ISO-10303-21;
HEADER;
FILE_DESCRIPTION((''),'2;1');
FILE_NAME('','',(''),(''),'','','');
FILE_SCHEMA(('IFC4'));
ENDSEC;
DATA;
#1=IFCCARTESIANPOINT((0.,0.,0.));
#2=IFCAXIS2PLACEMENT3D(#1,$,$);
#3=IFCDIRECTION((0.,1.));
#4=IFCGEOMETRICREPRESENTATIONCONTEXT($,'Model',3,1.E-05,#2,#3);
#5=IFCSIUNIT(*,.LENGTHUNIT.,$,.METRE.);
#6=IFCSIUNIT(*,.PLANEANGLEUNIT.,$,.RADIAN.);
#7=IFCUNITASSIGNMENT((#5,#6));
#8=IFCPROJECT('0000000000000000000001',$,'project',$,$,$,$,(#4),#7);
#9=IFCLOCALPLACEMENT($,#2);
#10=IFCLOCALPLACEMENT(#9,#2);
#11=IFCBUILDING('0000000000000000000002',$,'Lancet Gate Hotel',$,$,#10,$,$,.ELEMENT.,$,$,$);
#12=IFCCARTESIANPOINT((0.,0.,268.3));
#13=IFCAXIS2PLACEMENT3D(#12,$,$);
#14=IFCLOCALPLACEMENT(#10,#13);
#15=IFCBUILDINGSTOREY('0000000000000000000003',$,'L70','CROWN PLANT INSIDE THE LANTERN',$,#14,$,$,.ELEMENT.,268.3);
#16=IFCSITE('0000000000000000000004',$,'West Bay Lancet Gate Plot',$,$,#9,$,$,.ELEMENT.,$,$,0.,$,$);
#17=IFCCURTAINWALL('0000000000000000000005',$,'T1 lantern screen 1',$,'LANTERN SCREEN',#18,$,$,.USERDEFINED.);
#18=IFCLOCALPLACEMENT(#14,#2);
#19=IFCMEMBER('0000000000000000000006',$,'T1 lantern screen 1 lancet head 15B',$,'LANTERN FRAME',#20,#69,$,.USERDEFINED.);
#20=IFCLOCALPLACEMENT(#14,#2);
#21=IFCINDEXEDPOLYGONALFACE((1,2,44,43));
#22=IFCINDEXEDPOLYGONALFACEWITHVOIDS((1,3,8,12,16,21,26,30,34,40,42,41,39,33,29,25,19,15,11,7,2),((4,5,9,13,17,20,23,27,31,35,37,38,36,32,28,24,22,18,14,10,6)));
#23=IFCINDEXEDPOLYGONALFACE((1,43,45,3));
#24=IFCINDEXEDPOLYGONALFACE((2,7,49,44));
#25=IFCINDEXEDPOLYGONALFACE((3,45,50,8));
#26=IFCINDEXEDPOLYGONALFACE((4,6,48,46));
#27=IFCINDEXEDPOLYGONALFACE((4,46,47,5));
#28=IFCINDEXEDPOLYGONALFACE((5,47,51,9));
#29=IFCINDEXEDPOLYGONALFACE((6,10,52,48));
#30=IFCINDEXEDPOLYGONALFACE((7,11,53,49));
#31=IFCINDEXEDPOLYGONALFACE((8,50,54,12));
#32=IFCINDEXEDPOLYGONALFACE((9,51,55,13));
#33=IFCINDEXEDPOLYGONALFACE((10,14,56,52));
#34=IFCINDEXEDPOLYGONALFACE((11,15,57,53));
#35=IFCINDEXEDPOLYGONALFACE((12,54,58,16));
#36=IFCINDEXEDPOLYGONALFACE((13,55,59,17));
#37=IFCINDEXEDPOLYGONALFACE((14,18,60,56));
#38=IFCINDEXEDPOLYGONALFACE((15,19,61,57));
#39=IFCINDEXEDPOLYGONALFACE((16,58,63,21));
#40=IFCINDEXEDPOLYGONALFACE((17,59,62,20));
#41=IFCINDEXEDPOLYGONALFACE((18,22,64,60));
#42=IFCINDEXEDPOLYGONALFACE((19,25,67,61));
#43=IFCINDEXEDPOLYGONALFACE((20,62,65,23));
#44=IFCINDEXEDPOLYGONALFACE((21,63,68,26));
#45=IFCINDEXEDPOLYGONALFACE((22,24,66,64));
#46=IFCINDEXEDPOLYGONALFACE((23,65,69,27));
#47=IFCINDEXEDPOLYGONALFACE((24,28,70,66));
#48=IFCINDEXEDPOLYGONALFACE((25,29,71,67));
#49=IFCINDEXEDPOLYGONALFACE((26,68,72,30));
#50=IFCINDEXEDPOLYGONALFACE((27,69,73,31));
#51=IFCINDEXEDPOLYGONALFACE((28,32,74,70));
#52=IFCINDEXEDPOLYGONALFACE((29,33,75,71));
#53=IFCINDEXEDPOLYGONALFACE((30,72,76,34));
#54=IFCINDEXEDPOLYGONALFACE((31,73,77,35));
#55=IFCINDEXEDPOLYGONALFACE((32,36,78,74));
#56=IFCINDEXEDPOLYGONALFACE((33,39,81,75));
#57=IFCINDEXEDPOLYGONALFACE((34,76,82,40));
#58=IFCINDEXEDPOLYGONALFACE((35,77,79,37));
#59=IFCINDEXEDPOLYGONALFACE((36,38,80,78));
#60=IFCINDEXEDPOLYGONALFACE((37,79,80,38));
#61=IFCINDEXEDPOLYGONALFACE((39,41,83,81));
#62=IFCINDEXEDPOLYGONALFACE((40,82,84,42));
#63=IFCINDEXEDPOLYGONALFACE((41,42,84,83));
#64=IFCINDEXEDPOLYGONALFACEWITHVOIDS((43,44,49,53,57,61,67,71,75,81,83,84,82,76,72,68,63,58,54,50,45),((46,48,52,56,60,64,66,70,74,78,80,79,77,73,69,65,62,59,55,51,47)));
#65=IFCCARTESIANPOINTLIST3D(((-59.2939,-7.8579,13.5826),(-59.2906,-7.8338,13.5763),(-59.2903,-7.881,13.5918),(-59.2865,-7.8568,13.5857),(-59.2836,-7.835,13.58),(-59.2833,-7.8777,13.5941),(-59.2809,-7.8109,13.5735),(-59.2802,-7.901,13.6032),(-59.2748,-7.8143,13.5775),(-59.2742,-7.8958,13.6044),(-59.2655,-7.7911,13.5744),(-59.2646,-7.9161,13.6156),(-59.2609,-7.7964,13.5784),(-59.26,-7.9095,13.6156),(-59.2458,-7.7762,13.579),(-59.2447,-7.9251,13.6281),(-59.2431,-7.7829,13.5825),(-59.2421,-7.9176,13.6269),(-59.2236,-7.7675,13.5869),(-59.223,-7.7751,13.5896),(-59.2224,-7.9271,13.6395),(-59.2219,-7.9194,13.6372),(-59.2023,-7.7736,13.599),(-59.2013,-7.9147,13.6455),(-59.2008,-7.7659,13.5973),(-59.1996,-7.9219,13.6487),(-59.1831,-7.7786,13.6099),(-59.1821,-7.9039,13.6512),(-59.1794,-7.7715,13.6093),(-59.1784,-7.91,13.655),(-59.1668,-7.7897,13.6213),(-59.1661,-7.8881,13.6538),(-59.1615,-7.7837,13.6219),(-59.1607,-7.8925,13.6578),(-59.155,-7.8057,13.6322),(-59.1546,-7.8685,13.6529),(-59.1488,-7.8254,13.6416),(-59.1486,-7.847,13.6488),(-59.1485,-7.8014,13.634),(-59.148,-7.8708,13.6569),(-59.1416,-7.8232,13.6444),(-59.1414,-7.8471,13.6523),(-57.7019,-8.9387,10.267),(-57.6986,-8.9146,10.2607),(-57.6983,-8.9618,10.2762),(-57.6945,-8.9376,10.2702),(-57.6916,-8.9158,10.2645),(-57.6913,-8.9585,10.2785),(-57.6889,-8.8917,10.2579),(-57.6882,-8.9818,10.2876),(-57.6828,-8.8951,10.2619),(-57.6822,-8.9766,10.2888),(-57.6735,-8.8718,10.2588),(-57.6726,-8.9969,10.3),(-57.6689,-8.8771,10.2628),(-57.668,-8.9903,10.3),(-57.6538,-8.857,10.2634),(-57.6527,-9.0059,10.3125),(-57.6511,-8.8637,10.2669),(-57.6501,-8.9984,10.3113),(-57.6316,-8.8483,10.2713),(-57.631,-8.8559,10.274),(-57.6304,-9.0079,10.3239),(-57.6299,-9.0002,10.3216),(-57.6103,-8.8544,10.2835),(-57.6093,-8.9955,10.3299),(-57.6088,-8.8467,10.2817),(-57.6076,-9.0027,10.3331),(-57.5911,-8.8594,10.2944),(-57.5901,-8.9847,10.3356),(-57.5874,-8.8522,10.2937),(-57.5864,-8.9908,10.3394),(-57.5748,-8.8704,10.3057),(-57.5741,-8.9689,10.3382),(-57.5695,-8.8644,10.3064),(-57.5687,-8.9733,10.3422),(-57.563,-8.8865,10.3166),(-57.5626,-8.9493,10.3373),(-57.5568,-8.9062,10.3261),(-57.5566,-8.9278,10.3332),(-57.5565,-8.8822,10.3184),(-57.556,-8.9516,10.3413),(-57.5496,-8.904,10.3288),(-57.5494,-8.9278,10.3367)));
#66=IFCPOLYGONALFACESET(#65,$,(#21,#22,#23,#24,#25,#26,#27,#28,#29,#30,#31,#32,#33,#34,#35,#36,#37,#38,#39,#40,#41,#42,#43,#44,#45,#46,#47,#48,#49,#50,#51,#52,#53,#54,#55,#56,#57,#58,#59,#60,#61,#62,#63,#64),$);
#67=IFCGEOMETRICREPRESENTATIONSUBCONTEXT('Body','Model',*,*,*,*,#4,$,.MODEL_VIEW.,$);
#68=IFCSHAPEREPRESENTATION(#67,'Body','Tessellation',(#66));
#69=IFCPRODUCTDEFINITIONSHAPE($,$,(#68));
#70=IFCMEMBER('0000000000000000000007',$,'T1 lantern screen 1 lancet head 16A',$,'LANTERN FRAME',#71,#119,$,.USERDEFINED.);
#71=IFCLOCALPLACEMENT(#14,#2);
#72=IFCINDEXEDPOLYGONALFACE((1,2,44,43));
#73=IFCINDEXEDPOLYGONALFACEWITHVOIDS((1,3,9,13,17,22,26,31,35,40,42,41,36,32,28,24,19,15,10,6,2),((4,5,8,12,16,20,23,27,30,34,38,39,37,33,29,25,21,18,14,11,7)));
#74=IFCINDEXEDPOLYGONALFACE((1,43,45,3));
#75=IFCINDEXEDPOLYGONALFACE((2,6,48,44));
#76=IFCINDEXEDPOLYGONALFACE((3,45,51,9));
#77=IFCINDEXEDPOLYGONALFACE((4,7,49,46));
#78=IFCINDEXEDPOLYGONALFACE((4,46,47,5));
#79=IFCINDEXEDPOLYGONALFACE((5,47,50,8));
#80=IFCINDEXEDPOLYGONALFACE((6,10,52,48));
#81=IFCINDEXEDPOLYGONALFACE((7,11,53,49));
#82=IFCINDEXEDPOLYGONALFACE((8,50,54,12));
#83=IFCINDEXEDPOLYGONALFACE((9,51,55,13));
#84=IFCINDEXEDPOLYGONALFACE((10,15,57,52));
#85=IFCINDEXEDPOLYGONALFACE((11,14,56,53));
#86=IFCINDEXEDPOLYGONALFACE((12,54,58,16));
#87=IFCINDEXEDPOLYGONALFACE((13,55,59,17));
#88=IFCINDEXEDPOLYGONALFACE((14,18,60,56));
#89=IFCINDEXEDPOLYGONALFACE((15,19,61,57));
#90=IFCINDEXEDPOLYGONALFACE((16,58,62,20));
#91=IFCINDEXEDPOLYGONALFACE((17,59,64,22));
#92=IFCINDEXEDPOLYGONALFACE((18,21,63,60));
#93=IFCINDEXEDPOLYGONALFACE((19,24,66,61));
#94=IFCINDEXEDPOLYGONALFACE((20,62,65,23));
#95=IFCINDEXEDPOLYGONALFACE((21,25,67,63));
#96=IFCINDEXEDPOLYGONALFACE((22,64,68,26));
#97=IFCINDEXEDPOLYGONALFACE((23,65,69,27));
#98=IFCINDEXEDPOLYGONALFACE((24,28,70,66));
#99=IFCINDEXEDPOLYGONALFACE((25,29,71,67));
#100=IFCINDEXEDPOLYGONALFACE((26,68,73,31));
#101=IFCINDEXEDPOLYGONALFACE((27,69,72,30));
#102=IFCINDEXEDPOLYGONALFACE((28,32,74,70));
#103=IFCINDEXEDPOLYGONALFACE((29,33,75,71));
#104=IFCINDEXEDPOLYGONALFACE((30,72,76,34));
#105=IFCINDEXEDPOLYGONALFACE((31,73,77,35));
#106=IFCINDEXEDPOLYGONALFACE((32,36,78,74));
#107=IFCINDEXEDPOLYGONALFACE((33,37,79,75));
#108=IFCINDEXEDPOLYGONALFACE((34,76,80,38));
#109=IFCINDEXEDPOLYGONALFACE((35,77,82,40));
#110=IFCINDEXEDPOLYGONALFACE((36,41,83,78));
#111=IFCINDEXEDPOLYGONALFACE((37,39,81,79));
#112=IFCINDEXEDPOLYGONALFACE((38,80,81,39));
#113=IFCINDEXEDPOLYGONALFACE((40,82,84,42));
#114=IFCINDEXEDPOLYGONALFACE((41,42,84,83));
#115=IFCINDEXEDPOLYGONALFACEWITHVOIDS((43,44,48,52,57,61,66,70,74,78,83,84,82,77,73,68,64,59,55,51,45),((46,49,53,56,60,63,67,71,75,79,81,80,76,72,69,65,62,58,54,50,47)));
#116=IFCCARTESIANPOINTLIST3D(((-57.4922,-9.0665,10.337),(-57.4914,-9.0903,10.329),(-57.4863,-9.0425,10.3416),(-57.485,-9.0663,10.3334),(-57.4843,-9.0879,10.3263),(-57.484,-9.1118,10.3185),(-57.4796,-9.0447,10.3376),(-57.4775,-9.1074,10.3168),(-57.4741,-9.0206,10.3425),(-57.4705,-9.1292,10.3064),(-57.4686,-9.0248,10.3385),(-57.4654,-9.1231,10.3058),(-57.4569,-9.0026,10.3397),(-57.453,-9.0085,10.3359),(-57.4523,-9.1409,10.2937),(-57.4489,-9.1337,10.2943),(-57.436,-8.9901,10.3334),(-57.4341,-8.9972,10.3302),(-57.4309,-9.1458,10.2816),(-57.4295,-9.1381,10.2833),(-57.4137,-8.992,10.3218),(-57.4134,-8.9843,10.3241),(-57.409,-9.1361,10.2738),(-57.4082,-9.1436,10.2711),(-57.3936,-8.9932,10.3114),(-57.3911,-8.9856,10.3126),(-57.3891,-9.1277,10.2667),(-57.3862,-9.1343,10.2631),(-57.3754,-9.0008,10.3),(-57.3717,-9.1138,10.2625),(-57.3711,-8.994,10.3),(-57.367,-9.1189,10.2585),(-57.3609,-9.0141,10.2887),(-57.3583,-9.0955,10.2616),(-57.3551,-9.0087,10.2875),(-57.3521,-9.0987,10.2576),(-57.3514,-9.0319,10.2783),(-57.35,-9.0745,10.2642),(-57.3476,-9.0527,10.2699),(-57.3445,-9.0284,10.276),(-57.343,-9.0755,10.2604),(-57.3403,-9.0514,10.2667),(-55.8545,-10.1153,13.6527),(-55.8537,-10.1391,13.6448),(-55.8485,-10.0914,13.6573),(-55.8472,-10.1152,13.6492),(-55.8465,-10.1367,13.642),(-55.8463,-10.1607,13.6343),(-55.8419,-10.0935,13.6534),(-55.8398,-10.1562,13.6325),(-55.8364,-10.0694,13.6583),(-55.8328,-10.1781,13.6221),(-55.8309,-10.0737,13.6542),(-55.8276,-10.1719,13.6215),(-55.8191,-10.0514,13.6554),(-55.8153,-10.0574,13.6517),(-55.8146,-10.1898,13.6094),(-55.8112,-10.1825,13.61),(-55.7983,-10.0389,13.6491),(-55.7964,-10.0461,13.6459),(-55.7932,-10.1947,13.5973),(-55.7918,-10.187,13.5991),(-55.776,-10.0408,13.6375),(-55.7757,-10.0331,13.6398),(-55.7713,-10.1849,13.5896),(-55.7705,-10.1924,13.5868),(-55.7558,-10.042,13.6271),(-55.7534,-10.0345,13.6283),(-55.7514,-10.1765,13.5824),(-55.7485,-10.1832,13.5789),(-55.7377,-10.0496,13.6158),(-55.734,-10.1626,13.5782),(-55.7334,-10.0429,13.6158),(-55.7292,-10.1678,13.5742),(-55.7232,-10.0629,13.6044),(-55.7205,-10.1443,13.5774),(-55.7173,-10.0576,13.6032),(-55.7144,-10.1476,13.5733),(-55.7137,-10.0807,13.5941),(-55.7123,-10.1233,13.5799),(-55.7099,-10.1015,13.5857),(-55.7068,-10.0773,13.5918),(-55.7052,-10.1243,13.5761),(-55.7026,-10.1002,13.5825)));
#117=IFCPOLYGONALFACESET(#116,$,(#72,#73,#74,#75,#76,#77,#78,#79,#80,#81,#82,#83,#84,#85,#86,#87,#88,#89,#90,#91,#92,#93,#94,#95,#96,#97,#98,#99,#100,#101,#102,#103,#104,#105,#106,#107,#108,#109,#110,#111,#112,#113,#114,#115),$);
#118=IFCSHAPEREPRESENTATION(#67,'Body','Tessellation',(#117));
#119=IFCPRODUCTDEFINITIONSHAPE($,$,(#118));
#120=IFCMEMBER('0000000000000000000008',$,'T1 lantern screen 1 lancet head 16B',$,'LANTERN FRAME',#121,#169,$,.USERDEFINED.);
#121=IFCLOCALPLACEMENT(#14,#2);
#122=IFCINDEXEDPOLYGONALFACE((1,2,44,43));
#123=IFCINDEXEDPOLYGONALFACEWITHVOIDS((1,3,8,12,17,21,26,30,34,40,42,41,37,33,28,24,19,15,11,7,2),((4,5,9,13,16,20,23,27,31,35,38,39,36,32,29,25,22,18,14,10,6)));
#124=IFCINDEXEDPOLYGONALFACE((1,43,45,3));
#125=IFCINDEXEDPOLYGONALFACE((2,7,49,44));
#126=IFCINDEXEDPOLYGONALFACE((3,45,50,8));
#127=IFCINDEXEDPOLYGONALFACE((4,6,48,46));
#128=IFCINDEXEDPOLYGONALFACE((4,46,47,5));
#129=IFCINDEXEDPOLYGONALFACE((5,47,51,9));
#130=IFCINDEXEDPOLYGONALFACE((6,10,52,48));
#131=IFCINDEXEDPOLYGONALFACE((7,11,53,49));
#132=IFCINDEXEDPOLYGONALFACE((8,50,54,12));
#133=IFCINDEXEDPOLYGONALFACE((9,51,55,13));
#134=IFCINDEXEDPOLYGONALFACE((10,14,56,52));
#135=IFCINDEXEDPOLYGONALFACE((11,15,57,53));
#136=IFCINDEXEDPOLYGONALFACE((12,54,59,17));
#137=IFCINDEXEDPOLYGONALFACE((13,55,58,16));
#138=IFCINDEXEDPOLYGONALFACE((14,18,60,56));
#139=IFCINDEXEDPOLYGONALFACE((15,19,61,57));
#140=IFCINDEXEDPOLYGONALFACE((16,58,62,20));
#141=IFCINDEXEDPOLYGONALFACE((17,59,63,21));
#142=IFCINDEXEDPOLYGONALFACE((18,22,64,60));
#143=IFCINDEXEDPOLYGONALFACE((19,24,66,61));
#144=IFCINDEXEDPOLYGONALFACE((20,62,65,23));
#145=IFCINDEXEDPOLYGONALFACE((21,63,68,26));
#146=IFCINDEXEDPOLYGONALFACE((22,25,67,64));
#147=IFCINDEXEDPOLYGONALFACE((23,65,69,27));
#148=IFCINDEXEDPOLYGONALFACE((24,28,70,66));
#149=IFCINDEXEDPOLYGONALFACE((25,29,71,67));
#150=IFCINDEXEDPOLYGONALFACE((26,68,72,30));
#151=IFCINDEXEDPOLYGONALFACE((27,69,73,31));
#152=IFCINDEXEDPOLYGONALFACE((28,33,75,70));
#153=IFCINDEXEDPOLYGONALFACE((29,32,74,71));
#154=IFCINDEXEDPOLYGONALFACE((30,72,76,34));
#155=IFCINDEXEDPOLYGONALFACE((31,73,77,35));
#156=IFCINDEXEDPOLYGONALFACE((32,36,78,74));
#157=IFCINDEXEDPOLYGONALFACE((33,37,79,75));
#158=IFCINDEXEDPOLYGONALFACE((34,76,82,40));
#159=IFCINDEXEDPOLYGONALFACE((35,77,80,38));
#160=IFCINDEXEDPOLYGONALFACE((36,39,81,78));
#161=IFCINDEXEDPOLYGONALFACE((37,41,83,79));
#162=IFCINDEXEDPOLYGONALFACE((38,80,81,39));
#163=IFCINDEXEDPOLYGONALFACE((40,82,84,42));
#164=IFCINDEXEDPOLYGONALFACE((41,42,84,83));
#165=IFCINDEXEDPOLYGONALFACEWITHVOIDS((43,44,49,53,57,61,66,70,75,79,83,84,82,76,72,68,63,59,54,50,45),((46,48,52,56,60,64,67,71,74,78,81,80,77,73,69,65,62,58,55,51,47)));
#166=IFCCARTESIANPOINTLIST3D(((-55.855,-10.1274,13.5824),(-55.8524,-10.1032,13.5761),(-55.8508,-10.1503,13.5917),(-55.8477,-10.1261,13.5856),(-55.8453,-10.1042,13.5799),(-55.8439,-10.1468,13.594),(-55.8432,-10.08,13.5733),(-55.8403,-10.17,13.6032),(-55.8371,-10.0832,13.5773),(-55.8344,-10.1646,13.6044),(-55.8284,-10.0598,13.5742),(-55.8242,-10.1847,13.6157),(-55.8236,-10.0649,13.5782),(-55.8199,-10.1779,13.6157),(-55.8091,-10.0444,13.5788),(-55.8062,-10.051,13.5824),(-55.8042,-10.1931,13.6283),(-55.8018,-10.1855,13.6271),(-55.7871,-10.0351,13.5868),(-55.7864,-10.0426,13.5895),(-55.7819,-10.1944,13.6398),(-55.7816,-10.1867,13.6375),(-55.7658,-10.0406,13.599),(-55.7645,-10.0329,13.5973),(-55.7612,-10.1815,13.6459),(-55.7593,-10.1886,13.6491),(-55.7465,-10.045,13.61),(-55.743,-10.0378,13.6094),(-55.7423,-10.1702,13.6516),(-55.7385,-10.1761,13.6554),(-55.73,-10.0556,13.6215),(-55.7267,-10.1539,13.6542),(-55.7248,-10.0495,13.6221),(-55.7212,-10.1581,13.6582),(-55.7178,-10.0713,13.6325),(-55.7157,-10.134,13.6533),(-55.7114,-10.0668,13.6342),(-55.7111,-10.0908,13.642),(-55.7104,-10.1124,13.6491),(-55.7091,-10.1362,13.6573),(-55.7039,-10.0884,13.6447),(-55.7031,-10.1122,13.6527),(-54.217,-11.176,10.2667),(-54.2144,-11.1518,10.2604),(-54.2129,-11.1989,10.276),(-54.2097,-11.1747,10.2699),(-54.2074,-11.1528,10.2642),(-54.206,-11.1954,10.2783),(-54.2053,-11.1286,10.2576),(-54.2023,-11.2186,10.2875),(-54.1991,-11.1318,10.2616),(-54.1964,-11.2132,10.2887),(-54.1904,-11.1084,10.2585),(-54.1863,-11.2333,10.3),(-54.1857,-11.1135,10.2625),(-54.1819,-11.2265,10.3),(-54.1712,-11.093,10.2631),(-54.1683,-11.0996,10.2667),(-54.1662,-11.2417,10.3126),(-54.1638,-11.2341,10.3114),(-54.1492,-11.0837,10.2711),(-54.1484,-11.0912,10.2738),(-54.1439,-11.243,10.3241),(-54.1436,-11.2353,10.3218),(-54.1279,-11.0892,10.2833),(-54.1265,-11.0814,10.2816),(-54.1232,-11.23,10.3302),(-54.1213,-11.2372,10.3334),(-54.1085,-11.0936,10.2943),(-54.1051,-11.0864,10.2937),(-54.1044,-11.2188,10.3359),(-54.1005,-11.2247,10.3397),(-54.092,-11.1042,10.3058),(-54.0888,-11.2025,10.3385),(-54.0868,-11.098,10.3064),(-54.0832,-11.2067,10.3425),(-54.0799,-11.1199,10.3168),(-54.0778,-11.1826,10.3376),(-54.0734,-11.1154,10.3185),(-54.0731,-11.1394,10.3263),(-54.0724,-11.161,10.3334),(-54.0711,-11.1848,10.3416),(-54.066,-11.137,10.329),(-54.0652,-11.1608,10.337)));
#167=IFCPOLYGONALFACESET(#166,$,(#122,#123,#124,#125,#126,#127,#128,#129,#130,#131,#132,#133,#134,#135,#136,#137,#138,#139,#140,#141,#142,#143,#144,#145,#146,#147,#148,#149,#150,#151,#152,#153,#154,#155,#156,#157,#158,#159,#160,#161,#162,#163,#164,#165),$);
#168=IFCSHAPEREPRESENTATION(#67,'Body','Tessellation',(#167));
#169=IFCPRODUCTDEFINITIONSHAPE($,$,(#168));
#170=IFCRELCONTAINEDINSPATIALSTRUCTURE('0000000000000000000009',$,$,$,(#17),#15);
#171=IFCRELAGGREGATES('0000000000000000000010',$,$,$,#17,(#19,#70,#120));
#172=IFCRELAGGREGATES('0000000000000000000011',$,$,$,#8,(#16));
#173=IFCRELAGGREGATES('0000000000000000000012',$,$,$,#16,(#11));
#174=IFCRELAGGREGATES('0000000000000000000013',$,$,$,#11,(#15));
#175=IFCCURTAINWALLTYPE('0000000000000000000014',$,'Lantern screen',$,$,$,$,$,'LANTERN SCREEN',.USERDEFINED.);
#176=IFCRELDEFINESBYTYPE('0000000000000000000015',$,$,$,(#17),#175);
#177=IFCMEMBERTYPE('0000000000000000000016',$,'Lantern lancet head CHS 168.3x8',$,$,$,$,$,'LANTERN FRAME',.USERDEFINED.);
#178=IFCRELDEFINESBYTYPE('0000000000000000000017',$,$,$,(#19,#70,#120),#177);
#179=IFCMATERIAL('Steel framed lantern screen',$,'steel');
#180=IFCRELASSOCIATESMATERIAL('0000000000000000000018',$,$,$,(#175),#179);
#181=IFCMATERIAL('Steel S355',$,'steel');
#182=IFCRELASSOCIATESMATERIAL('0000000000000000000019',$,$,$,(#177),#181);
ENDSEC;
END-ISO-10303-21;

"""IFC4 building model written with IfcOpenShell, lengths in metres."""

from ifc_helpers import new_model, si_unit, direction, frame, origin, origin_2d, place, context, subcontext, project, spatial, hollow_circle, extrude, material, material_profile, profile_set, type_object, element, aggregate, save


model = new_model("IFC4")

# Units and contexts
model_context = context("Model", 3, precision=1e-05, world=origin(), true_north=direction((0.0, 1.0)))
body_context = subcontext(model_context, "Body", "Model", "MODEL_VIEW")
ifc_project = project(units=[si_unit("LENGTHUNIT", "METRE"), si_unit("PLANEANGLEUNIT", "RADIAN")], contexts=[model_context])

# Site, building, storey
site_placement = place(None, origin())
site = spatial("IfcSite", under=ifc_project, at=site_placement, Name="West Bay Lancet Gate Plot", CompositionType="ELEMENT", RefElevation=0.0)
building_placement = place(site_placement, origin())
building = spatial("IfcBuilding", under=site, at=building_placement, Name="Lancet Gate Hotel", CompositionType="ELEMENT")
storey_placement = place(building_placement, frame((0.0, 0.0, 268.3)))
storey = spatial("IfcBuildingStorey", under=building, at=storey_placement, Name="L70", Description="CROWN PLANT INSIDE THE LANTERN", CompositionType="ELEMENT", Elevation=268.3)

# Curtain wall, members
ifc_material_1 = material(Name="Steel framed lantern screen", Category="steel")
curtain_wall_type_1 = type_object("IfcCurtainWallType", Name="Lantern screen", ElementType="LANTERN SCREEN", PredefinedType="USERDEFINED", material=ifc_material_1)
curtain_wall_1_placement = place(storey_placement, origin())
curtain_wall_1 = element("IfcCurtainWall", 1, at=curtain_wall_1_placement, inside=storey, type_object=curtain_wall_type_1, Name="T1 lantern screen 1", ObjectType="LANTERN SCREEN", PredefinedType="USERDEFINED")
ifc_material_2 = material(Name="Steel S355", Category="steel")
ifc_material_profile_1 = material_profile(ifc_material_2, hollow_circle(Radius=0.0842, WallThickness=0.0081, at=origin_2d()), Name="CHS 168.3x8.0")
ifc_profile_set_1 = profile_set([ifc_material_profile_1], Name="Steel S355")
member_type_1 = type_object("IfcMemberType", Name="Lantern lancet head CHS 168.3x8", ElementType="LANTERN FRAME", PredefinedType="USERDEFINED", material=ifc_profile_set_1)
member_1_placement = place(storey_placement, frame((-57.6252, -8.9272, 10.3), z_axis=(-0.415287, 0.281931, 0.8649), x_axis=(-0.561678, -0.827356, 0.0)))
member_1 = element("IfcMember", 2, at=member_1_placement, type_object=member_type_1, Name="T1 lantern screen 1 lancet head 15B", ObjectType="LANTERN FRAME", PredefinedType="USERDEFINED", context=body_context, shape_type="SweptSolid", body=[
    extrude(hollow_circle(Radius=0.0842, WallThickness=0.0081, at=origin_2d()), origin(), (0.0, 0.0, 1.0), 3.8335),
])
member_2_placement = place(storey_placement, frame((-57.4165, -9.0649, 10.3), z_axis=(0.426047, -0.272853, 0.862574), x_axis=(0.53931, 0.842107, 0.0)))
member_2 = element("IfcMember", 3, at=member_2_placement, type_object=member_type_1, Name="T1 lantern screen 1 lancet head 16A", ObjectType="LANTERN FRAME", PredefinedType="USERDEFINED", context=body_context, shape_type="SweptSolid", body=[
    extrude(hollow_circle(Radius=0.0842, WallThickness=0.0081, at=origin_2d()), origin(), (0.0, 0.0, 1.0), 3.844),
])
member_3_placement = place(storey_placement, frame((-54.1409, -11.1624, 10.3), z_axis=(-0.426107, 0.272787, 0.862566), x_axis=(-0.539164, -0.842201, 0.0)))
member_3 = element("IfcMember", 4, at=member_3_placement, type_object=member_type_1, Name="T1 lantern screen 1 lancet head 16B", ObjectType="LANTERN FRAME", PredefinedType="USERDEFINED", context=body_context, shape_type="SweptSolid", body=[
    extrude(hollow_circle(Radius=0.0842, WallThickness=0.0081, at=origin_2d()), origin(), (0.0, 0.0, 1.0), 3.844),
])

aggregate(curtain_wall_1, [member_1, member_2, member_3])

save(model, "model.ifc")
